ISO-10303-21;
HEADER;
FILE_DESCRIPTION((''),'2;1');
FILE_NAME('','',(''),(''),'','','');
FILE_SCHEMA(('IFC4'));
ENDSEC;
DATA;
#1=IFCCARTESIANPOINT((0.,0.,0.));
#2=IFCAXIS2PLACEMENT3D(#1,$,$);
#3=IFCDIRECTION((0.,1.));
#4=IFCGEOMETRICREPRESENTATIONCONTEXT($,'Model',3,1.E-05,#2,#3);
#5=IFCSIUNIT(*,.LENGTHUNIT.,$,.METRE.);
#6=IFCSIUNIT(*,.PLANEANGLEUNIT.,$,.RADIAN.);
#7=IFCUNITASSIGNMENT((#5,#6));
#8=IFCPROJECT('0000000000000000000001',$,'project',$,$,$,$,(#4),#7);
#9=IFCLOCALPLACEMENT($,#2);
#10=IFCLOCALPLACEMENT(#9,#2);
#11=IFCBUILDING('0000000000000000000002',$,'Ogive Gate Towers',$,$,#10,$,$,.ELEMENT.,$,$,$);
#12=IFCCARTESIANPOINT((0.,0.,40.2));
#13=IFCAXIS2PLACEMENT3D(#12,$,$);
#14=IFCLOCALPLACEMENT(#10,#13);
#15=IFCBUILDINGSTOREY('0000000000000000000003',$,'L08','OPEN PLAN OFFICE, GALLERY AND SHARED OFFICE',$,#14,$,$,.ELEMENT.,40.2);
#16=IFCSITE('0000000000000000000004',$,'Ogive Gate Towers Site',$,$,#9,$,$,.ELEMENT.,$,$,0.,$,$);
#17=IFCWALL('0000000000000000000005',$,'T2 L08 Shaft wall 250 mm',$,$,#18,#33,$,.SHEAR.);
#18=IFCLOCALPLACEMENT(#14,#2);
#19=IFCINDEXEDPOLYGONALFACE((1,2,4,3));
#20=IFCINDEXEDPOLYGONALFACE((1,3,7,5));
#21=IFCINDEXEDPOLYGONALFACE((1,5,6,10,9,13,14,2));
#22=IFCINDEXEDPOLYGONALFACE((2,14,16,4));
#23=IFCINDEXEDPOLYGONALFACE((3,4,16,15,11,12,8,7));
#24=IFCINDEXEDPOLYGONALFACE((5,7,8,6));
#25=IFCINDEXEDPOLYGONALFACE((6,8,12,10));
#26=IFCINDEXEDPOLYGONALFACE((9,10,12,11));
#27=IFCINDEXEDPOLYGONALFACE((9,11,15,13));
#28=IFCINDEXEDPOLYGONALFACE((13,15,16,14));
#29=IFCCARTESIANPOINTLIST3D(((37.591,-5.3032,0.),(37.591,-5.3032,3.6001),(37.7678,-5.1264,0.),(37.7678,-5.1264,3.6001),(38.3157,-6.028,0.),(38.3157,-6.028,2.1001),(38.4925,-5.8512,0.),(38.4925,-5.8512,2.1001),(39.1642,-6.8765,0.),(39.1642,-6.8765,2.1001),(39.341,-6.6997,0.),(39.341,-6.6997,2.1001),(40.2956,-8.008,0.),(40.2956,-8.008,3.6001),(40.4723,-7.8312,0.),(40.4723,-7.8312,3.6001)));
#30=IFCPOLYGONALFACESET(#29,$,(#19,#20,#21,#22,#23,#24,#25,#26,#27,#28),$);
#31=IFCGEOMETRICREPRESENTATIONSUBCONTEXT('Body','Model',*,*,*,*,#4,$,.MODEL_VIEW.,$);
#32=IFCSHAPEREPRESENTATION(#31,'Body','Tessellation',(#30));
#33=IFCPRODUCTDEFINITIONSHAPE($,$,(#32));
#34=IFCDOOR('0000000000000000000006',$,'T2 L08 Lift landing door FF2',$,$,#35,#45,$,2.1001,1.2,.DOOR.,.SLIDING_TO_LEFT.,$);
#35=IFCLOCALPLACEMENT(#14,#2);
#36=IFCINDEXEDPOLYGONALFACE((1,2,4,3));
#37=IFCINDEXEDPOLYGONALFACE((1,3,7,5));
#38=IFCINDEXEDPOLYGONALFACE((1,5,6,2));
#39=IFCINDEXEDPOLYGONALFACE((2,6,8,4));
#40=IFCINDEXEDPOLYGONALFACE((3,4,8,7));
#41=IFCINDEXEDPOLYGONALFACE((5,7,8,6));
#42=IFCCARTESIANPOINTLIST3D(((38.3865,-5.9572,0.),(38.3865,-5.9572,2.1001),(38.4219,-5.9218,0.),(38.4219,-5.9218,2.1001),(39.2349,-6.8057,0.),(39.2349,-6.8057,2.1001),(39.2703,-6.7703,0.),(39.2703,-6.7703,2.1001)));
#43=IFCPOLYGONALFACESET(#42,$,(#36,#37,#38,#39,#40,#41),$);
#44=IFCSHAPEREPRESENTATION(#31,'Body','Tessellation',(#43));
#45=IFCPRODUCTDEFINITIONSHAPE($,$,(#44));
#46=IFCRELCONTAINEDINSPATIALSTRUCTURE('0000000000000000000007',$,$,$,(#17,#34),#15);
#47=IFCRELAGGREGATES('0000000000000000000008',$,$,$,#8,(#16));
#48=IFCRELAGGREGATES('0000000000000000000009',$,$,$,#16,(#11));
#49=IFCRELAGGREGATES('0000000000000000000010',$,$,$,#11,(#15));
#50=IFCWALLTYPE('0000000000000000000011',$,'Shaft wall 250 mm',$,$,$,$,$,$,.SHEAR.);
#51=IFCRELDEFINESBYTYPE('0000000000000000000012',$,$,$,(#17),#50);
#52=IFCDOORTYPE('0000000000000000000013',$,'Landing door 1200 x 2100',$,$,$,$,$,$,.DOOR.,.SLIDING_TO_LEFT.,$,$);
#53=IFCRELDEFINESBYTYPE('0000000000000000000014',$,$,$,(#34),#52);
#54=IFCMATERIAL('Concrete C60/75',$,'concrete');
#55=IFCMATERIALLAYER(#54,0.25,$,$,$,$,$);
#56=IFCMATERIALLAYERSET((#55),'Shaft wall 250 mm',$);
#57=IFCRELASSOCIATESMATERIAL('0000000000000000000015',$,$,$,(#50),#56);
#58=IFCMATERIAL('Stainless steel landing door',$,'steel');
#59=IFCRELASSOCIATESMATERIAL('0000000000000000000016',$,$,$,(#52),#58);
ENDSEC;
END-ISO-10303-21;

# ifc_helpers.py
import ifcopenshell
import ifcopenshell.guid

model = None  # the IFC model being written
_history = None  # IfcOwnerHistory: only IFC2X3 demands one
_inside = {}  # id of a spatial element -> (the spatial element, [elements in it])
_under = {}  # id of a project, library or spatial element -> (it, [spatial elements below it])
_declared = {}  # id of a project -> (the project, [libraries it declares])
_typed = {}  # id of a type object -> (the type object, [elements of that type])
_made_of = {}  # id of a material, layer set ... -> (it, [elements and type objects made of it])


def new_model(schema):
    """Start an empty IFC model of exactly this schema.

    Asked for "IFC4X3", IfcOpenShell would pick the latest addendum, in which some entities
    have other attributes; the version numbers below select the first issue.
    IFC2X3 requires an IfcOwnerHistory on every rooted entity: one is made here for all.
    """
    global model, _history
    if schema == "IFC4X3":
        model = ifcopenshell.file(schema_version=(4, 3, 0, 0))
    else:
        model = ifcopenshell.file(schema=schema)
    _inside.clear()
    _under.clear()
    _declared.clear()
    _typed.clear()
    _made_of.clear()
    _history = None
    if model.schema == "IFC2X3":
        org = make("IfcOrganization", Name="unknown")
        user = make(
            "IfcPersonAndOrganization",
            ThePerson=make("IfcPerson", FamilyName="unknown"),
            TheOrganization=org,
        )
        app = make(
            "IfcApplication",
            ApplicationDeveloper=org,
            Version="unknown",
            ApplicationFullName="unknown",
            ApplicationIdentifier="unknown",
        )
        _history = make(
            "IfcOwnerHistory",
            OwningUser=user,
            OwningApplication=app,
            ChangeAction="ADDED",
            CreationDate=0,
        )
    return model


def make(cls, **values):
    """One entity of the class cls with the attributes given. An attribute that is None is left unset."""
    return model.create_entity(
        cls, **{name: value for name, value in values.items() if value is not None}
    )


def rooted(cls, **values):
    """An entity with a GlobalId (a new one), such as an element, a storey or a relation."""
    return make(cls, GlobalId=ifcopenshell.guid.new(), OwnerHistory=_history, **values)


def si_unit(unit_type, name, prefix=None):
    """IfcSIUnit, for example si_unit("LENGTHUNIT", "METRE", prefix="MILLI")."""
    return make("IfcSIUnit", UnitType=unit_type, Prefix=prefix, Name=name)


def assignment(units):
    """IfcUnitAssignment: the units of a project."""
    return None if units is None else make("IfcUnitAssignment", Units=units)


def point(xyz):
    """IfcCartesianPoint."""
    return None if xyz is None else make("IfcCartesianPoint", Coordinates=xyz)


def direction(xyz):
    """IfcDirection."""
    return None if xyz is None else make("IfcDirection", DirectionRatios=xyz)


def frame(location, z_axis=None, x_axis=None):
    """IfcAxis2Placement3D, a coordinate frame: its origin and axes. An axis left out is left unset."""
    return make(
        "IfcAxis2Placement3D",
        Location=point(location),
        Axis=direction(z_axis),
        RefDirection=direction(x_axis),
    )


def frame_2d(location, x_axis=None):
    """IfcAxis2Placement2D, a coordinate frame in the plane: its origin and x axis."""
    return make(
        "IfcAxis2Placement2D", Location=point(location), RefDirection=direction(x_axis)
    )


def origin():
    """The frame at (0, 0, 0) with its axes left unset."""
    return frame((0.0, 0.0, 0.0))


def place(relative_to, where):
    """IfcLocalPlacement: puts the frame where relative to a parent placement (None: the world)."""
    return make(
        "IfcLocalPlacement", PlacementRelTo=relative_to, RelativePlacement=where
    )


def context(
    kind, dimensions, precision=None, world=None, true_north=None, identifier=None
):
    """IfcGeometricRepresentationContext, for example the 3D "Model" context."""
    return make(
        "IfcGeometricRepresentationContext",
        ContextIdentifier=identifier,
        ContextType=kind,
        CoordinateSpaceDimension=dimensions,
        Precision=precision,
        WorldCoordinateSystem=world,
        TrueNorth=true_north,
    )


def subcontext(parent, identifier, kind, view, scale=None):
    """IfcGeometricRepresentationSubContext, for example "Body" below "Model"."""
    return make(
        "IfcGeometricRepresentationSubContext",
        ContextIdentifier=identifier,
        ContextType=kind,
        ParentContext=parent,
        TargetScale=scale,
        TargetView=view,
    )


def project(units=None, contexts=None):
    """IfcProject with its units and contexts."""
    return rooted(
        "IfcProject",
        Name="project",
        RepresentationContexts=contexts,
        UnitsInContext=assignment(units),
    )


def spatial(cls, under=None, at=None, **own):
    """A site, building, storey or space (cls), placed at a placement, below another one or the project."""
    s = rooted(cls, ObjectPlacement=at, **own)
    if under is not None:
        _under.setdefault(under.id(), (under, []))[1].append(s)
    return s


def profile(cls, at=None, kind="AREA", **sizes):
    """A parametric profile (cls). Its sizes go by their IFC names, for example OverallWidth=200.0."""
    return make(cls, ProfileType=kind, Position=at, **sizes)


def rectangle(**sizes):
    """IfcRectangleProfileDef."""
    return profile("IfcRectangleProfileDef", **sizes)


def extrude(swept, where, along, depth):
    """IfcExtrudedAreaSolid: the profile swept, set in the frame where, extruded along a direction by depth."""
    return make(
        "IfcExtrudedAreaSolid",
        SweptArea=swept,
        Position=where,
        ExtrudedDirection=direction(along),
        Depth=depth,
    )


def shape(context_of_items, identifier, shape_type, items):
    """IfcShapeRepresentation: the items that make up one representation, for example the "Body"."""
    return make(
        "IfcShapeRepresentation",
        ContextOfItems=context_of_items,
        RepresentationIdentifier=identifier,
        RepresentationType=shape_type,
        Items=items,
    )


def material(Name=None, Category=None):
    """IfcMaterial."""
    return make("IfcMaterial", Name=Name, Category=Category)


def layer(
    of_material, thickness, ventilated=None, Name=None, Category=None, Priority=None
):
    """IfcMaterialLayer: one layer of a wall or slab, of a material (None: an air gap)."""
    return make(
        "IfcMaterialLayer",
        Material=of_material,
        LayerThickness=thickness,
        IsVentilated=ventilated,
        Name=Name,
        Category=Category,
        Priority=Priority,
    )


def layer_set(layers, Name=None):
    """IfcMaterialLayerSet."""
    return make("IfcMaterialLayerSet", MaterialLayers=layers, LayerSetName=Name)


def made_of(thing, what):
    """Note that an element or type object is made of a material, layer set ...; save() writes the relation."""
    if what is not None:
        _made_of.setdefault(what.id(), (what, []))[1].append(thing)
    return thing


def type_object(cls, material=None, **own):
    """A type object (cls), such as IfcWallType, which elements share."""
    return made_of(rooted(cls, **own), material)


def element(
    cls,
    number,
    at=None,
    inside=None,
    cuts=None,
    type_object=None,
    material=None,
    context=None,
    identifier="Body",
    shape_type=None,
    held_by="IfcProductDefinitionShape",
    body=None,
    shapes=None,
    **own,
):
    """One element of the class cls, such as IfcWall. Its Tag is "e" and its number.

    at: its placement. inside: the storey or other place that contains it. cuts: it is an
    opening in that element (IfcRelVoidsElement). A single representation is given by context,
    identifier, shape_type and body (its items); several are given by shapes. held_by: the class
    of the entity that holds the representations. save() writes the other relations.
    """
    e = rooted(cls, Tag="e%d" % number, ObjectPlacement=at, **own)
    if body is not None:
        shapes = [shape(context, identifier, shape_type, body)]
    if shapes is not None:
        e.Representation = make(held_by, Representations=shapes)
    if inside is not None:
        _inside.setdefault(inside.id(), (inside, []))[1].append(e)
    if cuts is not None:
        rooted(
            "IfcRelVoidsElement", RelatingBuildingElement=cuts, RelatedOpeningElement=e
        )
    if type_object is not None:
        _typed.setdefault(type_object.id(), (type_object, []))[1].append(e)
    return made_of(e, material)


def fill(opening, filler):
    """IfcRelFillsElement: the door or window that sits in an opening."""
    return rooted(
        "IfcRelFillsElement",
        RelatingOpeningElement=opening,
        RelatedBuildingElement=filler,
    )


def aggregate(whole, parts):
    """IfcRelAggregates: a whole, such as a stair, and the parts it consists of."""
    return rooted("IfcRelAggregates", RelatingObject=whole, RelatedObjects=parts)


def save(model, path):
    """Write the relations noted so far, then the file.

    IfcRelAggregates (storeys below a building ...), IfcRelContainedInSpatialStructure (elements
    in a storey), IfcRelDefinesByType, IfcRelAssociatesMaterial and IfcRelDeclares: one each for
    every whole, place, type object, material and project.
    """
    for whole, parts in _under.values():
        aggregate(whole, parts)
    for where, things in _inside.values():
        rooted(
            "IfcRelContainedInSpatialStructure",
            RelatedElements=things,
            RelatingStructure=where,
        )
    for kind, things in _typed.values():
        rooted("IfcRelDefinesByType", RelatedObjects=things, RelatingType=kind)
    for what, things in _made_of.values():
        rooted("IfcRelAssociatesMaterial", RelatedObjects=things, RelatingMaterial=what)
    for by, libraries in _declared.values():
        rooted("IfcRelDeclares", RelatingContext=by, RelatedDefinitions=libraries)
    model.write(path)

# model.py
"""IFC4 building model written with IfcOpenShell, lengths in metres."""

from ifc_helpers import new_model, si_unit, direction, frame, frame_2d, origin, place, context, subcontext, project, spatial, rectangle, extrude, material, layer, layer_set, type_object, element, fill, save


model = new_model("IFC4")

# Units and contexts
model_context = context("Model", 3, precision=1e-05, world=origin(), true_north=direction((0.0, 1.0)))
body_context = subcontext(model_context, "Body", "Model", "MODEL_VIEW")
ifc_project = project(units=[si_unit("LENGTHUNIT", "METRE"), si_unit("PLANEANGLEUNIT", "RADIAN")], contexts=[model_context])

# Site, building, storey
site_placement = place(None, origin())
site = spatial("IfcSite", under=ifc_project, at=site_placement, Name="Ogive Gate Towers Site", CompositionType="ELEMENT", RefElevation=0.0)
building_placement = place(site_placement, origin())
building = spatial("IfcBuilding", under=site, at=building_placement, Name="Ogive Gate Towers", CompositionType="ELEMENT")
storey_placement = place(building_placement, frame((0.0, 0.0, 40.2)))
storey = spatial("IfcBuildingStorey", under=building, at=storey_placement, Name="L08", Description="OPEN PLAN OFFICE, GALLERY AND SHARED OFFICE", CompositionType="ELEMENT", Elevation=40.2)

# Shared definitions
ifc_material_1 = material(Name="Concrete C60/75", Category="concrete")

# Shared definitions
ifc_layer_1 = layer(ifc_material_1, 0.25)
ifc_layer_set_1 = layer_set([ifc_layer_1], Name="Shaft wall 250 mm")
wall_type_1 = type_object("IfcWallType", Name="Shaft wall 250 mm", PredefinedType="SHEAR", material=ifc_layer_set_1)

# Wall, opening, door
wall_1_placement = place(storey_placement, frame((40.384, -7.9197, 0.0), z_axis=(0.0, 0.0, 1.0), x_axis=(-0.707075, 0.707139, 0.0)))
wall_1 = element("IfcWall", 1, at=wall_1_placement, inside=storey, type_object=wall_type_1, Name="T2 L08 Shaft wall 250 mm", PredefinedType="SHEAR", context=body_context, shape_type="SweptSolid", body=[
    extrude(rectangle(XDim=3.825, YDim=0.25, at=frame_2d((1.9126, 0.0))), origin(), (0.0, 0.0, 1.0), 3.6001),
])
opening_1_placement = place(wall_1_placement, frame((1.6001, 0.0, 0.0)))
opening_1 = element("IfcOpeningElement", 2, at=opening_1_placement, cuts=wall_1, PredefinedType="OPENING", context=body_context, shape_type="SweptSolid", body=[
    extrude(rectangle(XDim=1.2, YDim=2.1001, at=frame_2d((0.6001, 1.05))), frame((0.0, 0.135, 0.0), z_axis=(0.0, -1.0, 0.0), x_axis=(1.0, 0.0, 0.0)), (0.0, 0.0, 1.0), 0.27),
])
ifc_material_2 = material(Name="Stainless steel landing door", Category="steel")
door_type_1 = type_object("IfcDoorType", Name="Landing door 1200 x 2100", OperationType="SLIDING_TO_LEFT", PredefinedType="DOOR", material=ifc_material_2)
door_1_placement = place(opening_1_placement, origin())
door_1 = element("IfcDoor", 3, at=door_1_placement, inside=storey, type_object=door_type_1, Name="T2 L08 Lift landing door FF2", OperationType="SLIDING_TO_LEFT", OverallHeight=2.1001, OverallWidth=1.2, PredefinedType="DOOR", context=body_context, shape_type="SweptSolid", body=[
    extrude(rectangle(XDim=1.2, YDim=2.1001, at=frame_2d((0.6001, 1.05))), frame((0.0, 0.0249, 0.0), z_axis=(0.0, -1.0, 0.0), x_axis=(1.0, 0.0, 0.0)), (0.0, 0.0, 1.0), 0.05),
])
fill(opening_1, door_1)

save(model, "model.ifc")
